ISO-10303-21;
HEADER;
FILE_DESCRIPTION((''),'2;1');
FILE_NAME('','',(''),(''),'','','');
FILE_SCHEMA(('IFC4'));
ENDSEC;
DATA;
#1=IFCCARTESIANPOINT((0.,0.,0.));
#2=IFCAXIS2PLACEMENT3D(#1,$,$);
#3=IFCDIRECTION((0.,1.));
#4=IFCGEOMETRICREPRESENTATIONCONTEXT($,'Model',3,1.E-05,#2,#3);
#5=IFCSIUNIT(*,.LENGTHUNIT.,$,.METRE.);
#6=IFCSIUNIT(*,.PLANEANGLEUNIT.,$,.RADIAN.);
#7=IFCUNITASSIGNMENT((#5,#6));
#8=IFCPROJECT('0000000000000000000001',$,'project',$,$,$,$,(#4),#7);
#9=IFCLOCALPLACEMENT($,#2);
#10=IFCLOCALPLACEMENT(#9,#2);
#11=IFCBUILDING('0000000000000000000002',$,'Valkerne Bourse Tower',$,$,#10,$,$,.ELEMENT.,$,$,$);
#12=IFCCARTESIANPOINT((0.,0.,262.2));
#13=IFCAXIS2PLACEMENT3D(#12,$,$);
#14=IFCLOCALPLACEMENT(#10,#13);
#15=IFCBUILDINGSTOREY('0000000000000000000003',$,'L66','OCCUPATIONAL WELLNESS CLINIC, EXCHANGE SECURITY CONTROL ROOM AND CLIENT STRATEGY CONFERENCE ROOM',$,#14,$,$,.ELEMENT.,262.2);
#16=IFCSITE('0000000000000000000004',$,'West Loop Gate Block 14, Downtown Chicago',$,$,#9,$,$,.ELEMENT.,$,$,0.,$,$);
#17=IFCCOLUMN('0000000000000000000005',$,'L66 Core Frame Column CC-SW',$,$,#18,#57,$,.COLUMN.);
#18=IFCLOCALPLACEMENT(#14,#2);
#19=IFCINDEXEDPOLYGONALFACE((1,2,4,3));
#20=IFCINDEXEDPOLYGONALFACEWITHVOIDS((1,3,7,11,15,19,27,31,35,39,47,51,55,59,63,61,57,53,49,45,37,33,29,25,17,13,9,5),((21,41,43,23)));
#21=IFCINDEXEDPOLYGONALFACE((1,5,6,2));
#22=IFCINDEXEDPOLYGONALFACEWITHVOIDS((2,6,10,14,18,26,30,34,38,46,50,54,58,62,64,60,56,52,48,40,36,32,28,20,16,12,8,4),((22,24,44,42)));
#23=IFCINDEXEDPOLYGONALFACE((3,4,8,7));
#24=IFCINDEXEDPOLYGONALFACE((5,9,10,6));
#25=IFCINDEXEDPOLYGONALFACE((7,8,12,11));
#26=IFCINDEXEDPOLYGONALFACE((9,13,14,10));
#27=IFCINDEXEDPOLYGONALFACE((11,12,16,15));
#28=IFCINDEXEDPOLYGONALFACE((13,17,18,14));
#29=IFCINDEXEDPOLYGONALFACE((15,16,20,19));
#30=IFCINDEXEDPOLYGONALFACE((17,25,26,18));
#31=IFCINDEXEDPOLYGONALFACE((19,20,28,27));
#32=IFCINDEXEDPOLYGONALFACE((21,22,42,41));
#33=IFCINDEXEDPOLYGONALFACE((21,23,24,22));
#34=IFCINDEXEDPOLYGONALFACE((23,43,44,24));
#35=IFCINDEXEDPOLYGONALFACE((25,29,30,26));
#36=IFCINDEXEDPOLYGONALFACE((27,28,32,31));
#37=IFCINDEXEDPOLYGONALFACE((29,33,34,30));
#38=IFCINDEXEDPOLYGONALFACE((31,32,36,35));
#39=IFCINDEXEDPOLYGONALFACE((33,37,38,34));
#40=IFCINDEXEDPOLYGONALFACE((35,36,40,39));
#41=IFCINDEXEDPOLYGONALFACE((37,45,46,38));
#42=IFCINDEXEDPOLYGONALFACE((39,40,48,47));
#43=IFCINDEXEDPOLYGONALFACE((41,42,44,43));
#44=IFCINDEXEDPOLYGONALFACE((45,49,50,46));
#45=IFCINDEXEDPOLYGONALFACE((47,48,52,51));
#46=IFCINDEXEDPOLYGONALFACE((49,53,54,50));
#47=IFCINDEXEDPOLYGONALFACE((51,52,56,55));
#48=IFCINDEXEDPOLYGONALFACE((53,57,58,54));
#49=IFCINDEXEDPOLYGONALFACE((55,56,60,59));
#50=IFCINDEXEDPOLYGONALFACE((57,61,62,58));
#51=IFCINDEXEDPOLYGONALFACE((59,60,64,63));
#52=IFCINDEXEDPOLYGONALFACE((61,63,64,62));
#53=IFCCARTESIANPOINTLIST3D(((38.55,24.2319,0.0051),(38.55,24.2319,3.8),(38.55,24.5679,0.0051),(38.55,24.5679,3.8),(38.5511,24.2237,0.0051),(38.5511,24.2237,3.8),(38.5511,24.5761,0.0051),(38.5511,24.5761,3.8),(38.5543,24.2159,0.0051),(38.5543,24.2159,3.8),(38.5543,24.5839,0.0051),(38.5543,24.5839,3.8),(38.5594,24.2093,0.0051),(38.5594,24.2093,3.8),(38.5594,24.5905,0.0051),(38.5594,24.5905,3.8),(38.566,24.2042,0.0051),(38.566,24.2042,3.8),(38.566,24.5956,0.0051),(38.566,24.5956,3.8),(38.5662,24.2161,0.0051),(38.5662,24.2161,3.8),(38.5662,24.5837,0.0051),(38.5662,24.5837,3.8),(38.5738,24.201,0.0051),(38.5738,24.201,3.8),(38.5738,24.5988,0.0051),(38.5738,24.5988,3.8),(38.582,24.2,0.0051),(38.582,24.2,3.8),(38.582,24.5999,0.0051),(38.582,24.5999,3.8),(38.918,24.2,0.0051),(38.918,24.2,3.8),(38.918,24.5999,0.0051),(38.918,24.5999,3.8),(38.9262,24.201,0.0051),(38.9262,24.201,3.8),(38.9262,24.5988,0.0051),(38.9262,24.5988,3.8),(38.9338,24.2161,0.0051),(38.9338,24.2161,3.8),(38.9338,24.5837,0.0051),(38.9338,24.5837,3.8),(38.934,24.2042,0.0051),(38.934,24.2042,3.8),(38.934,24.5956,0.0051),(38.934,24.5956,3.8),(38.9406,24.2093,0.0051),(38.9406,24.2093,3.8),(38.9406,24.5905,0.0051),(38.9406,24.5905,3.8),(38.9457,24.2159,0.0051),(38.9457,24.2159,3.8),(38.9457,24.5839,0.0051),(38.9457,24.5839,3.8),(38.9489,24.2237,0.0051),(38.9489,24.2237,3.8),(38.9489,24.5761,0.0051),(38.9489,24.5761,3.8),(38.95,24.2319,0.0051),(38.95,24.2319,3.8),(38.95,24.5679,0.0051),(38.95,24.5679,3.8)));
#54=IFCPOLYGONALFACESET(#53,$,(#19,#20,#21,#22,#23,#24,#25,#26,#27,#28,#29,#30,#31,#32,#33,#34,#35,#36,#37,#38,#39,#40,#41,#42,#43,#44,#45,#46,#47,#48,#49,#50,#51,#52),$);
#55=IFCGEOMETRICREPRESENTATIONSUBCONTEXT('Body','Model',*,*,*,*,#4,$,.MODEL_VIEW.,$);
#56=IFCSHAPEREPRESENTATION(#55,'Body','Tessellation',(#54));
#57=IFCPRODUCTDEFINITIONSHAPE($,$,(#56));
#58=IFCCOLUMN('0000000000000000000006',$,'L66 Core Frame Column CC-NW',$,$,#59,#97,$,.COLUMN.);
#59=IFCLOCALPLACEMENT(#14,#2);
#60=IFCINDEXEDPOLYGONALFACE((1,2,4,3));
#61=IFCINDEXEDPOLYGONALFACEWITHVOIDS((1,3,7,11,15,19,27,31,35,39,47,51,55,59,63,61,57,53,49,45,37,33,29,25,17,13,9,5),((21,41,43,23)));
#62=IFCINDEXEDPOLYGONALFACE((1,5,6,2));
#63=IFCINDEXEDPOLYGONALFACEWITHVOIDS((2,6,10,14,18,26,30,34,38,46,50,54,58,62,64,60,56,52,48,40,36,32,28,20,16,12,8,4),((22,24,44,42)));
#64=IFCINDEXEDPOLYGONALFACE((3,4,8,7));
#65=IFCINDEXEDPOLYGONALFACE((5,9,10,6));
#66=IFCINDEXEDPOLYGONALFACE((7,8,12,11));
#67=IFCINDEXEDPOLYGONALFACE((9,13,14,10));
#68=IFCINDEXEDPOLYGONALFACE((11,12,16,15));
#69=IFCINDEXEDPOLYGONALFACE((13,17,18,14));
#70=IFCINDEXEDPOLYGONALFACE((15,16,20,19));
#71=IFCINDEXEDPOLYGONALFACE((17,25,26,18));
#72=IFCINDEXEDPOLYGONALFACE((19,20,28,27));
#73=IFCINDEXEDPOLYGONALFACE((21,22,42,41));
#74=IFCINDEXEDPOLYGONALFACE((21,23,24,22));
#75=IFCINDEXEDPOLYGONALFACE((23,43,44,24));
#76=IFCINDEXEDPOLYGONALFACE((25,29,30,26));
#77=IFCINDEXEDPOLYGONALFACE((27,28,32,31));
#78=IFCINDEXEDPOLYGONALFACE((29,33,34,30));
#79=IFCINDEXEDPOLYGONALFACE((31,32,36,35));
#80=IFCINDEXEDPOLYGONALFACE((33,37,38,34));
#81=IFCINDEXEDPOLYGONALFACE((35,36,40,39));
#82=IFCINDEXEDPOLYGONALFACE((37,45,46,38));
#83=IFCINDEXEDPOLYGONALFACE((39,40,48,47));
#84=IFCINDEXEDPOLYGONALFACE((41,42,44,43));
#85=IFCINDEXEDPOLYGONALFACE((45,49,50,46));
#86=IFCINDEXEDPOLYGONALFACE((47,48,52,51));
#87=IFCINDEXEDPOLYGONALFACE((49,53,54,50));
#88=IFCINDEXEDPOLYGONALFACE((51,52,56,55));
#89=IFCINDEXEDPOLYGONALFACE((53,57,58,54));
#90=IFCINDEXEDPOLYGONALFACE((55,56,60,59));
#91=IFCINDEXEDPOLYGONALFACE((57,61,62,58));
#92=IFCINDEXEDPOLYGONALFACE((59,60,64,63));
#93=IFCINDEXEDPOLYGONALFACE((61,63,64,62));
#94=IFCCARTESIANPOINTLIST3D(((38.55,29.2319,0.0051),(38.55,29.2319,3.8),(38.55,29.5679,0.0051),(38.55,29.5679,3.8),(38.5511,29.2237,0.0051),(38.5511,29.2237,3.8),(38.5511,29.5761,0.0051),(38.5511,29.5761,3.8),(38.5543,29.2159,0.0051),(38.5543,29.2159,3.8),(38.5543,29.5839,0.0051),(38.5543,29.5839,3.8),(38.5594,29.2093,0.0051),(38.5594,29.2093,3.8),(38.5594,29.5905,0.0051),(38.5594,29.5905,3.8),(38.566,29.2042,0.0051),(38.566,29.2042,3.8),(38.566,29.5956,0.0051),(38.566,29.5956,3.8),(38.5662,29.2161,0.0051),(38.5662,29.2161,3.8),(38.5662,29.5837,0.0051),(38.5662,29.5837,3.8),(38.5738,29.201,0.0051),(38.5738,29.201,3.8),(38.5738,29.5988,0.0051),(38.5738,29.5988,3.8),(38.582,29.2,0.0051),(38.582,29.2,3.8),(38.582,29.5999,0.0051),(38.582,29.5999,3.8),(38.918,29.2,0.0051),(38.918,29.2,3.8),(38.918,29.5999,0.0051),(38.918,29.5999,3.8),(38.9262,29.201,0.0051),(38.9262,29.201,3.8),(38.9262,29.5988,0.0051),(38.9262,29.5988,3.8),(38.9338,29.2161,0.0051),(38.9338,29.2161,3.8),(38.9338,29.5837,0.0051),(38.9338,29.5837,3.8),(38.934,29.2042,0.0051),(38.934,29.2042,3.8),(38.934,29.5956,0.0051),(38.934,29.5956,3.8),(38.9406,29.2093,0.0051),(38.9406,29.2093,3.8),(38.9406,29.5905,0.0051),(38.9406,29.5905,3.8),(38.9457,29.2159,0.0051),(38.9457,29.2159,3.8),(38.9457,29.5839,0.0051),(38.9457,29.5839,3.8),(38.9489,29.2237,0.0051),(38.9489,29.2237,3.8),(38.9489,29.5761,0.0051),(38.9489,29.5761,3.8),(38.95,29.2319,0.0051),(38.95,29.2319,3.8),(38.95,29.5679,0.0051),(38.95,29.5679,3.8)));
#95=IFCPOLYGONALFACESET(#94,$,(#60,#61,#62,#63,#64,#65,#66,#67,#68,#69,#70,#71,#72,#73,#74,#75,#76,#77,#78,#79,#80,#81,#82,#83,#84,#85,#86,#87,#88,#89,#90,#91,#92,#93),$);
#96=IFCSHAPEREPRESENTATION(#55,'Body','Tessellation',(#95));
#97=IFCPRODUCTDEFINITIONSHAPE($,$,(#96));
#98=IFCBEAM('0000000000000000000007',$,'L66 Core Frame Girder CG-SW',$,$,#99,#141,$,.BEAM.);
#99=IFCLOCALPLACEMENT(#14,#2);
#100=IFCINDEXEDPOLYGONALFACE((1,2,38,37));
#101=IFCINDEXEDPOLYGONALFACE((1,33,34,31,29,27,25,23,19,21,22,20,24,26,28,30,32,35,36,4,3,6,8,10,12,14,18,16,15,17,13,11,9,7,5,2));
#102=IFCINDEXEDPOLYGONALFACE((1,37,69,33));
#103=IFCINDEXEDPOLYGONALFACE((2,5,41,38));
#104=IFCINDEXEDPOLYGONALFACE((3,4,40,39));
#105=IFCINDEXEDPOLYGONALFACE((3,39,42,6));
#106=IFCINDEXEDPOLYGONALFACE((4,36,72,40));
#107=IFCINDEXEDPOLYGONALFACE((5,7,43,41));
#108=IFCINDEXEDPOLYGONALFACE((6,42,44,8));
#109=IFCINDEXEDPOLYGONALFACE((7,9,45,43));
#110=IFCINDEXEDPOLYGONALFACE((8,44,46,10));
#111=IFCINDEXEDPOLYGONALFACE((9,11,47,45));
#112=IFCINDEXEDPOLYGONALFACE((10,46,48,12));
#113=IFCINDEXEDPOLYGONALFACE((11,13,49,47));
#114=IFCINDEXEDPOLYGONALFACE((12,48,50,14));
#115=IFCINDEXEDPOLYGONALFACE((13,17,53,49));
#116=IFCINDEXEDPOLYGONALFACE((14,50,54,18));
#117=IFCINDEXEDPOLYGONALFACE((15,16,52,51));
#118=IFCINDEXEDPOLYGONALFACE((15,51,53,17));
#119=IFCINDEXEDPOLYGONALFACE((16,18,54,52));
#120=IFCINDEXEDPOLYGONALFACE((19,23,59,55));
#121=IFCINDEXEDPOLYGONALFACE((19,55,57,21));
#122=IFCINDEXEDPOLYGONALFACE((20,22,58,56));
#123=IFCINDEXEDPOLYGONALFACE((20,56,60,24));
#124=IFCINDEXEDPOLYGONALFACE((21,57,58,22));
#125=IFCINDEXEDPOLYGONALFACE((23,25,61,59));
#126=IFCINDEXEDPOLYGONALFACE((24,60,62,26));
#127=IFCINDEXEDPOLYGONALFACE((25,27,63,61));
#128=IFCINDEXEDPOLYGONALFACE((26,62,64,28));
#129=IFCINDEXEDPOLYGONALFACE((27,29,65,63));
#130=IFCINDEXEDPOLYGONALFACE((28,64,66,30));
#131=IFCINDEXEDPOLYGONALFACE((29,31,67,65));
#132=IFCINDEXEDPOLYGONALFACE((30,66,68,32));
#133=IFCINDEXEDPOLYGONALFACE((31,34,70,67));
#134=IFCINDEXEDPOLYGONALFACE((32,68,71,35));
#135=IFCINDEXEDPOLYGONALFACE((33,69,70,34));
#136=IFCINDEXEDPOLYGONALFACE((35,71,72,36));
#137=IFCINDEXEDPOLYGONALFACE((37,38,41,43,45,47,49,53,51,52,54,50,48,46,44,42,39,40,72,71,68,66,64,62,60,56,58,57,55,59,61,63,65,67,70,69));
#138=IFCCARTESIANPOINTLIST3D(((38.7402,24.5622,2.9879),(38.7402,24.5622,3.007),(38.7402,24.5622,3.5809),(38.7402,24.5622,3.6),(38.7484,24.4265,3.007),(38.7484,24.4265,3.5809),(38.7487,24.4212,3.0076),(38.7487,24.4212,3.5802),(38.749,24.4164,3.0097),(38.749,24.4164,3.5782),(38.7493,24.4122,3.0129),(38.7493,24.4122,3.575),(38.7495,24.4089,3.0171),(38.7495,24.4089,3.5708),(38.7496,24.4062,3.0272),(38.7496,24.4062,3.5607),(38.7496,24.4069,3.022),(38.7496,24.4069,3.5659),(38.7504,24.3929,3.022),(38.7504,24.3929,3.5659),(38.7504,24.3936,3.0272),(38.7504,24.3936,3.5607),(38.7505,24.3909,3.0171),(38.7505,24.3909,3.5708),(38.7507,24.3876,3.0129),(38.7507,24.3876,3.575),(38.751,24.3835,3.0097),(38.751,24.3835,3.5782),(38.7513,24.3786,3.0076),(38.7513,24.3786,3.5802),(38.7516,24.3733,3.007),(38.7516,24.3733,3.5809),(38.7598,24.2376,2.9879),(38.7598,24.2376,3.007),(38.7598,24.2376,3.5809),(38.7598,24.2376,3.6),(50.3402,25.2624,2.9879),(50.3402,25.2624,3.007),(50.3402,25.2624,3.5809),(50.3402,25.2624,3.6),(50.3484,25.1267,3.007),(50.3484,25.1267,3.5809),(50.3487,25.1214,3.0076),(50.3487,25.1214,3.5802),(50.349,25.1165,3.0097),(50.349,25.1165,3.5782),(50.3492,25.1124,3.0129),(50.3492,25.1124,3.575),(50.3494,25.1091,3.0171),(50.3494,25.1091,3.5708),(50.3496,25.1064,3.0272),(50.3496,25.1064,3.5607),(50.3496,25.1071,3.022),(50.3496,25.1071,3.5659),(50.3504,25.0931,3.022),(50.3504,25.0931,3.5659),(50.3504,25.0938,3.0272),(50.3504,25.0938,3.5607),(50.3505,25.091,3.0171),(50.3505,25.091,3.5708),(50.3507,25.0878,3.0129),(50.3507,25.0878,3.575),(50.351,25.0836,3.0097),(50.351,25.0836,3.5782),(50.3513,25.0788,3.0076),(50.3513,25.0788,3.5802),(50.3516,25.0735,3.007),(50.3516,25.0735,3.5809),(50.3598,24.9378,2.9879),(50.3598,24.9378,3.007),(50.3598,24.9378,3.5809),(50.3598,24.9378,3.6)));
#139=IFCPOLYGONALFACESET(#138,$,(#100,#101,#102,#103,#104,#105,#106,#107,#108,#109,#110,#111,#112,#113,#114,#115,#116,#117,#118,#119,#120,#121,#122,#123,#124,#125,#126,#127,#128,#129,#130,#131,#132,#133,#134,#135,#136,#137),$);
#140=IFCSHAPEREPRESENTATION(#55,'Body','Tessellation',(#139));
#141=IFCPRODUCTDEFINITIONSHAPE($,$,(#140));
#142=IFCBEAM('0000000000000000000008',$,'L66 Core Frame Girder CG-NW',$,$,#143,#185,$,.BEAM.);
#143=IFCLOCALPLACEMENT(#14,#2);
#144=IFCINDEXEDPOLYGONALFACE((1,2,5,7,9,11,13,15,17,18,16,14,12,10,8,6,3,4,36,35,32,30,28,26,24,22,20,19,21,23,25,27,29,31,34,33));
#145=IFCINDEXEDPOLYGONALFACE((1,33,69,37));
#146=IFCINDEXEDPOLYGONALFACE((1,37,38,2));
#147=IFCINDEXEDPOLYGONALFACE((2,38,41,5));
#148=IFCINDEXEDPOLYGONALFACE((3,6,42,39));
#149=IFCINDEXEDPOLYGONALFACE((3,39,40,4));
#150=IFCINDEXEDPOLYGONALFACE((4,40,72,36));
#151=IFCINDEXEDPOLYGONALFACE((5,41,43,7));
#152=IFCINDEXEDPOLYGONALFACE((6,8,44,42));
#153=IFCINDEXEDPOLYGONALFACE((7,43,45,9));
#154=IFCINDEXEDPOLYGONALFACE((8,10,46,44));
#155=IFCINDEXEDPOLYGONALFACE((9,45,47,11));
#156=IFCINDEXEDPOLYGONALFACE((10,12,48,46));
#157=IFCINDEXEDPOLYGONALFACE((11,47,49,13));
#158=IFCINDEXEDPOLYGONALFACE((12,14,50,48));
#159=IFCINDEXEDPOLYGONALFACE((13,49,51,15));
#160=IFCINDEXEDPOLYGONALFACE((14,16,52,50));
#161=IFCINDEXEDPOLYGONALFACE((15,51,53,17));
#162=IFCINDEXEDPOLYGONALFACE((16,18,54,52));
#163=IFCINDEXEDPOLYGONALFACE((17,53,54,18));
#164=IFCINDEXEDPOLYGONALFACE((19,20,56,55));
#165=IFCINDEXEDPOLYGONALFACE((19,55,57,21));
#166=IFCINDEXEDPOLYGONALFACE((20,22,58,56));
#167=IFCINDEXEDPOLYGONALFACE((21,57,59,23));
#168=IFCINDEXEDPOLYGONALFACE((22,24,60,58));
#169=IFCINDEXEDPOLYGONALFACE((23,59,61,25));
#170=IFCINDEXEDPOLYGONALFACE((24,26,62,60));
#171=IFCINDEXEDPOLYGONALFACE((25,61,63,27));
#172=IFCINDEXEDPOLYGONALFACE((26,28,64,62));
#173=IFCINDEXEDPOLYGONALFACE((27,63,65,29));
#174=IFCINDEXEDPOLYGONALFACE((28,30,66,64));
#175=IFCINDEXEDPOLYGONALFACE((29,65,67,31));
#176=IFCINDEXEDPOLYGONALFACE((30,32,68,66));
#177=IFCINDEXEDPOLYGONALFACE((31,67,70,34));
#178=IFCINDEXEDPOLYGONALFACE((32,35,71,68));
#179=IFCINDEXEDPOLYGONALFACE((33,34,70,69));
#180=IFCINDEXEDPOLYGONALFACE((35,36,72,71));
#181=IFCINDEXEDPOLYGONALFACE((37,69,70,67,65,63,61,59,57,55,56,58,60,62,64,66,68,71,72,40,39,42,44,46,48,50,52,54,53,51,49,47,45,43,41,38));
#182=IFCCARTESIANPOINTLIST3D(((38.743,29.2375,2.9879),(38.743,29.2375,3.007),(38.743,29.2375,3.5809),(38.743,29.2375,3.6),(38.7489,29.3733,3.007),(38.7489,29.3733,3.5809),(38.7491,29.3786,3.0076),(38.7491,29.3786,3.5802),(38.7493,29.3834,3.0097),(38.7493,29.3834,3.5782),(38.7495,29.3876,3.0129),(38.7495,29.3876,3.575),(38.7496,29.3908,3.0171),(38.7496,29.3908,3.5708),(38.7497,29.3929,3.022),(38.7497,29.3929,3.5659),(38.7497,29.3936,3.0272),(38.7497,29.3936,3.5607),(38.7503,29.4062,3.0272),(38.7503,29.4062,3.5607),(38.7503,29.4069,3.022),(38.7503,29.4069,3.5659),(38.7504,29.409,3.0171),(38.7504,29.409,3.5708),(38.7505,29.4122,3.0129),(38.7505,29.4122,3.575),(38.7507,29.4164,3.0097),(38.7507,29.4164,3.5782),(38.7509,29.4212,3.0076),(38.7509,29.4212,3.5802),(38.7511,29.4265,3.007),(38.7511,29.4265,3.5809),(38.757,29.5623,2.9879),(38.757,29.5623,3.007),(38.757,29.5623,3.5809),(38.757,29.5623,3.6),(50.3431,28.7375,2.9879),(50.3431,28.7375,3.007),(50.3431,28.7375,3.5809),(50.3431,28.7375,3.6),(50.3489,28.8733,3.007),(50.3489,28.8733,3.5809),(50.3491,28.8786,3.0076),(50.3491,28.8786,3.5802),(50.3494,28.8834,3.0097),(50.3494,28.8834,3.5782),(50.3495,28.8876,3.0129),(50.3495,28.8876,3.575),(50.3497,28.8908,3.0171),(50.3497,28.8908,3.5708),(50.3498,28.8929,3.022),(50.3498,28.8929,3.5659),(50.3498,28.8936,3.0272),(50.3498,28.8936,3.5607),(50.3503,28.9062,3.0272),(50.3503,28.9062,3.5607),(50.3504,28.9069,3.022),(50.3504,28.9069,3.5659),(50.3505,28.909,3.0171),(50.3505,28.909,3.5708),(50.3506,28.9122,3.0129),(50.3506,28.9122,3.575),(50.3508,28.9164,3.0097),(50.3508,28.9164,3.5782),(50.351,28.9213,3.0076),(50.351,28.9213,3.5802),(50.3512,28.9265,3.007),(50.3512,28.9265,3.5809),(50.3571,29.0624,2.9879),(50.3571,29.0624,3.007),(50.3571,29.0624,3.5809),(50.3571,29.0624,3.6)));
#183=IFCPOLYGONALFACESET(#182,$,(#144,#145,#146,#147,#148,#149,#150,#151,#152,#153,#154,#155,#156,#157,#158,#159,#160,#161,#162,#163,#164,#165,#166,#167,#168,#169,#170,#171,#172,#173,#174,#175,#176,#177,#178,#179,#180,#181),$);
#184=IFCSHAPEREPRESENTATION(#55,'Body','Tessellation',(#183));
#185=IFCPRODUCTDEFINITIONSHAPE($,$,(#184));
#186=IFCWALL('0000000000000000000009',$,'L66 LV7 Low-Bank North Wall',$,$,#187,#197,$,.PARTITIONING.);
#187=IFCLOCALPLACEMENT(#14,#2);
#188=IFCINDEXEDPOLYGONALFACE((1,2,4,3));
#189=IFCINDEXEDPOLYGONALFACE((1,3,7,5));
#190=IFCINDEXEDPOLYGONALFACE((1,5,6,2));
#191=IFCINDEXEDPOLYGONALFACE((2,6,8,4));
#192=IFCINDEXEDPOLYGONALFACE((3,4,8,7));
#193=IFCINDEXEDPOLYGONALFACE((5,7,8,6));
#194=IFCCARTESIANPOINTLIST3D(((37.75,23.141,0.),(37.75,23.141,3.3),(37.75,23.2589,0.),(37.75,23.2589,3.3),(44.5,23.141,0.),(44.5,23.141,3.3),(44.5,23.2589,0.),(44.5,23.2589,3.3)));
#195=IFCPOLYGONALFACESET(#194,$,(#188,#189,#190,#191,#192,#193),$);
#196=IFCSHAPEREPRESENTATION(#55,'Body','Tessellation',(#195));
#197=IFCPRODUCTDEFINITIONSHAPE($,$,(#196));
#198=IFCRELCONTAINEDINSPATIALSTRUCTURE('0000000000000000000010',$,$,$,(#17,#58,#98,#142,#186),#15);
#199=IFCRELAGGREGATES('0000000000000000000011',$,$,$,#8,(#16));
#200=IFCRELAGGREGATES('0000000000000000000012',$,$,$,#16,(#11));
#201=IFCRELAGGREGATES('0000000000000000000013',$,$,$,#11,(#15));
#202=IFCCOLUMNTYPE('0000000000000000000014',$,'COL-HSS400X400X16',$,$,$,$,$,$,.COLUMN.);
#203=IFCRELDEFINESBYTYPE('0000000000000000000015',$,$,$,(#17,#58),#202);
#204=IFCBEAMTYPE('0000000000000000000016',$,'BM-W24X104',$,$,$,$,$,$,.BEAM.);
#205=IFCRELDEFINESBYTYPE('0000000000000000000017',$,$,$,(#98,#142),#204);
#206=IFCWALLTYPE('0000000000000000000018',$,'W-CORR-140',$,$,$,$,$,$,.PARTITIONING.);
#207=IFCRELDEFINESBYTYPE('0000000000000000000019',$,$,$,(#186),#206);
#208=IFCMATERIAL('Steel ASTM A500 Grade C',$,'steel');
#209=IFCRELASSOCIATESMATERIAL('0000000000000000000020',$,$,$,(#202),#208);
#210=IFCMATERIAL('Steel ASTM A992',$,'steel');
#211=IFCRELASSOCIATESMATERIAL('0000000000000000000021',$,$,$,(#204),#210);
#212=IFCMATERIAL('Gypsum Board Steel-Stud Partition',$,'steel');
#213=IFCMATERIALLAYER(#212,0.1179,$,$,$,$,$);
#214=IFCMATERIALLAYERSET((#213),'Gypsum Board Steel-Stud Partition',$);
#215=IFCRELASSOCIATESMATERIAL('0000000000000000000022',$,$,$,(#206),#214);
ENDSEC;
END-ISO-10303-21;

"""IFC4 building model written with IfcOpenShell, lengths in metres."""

from ifc_helpers import new_model, si_unit, direction, frame, frame_2d, origin, origin_2d, place, context, subcontext, project, spatial, rectangle, hollow_rectangle, i_section, extrude, material, layer, layer_set, material_profile, profile_set, type_object, element, save


model = new_model("IFC4")

# Units and contexts
model_context = context("Model", 3, precision=1e-05, world=origin(), true_north=direction((0.0, 1.0)))
body_context = subcontext(model_context, "Body", "Model", "MODEL_VIEW")
ifc_project = project(units=[si_unit("LENGTHUNIT", "METRE"), si_unit("PLANEANGLEUNIT", "RADIAN")], contexts=[model_context])

# Site, building, storey
site_placement = place(None, origin())
site = spatial("IfcSite", under=ifc_project, at=site_placement, Name="West Loop Gate Block 14, Downtown Chicago", CompositionType="ELEMENT", RefElevation=0.0)
building_placement = place(site_placement, origin())
building = spatial("IfcBuilding", under=site, at=building_placement, Name="Valkerne Bourse Tower", CompositionType="ELEMENT")
storey_placement = place(building_placement, frame((0.0, 0.0, 262.2)))
storey = spatial("IfcBuildingStorey", under=building, at=storey_placement, Name="L66", Description="OCCUPATIONAL WELLNESS CLINIC, EXCHANGE SECURITY CONTROL ROOM AND CLIENT STRATEGY CONFERENCE ROOM", CompositionType="ELEMENT", Elevation=262.2)

# Columns
ifc_material_1 = material(Name="Steel ASTM A500 Grade C", Category="steel")
ifc_material_profile_1 = material_profile(ifc_material_1, hollow_rectangle(XDim=0.3999, YDim=0.3999, WallThickness=0.0161, OuterFilletRadius=0.032, at=origin_2d()), Name="HSS400X400X16")
ifc_profile_set_1 = profile_set([ifc_material_profile_1], Name="Steel ASTM A500 Grade C")
column_type = type_object("IfcColumnType", Name="COL-HSS400X400X16", PredefinedType="COLUMN", material=ifc_profile_set_1)
for number, where, z_axis, x_axis, name in (
    (1, (38.75, 24.3999, 0.0051), (0.0, 0.0, 1.0), (1.0, 0.0, 0.0), "L66 Core Frame Column CC-SW"),
    (2, (38.75, 29.3999, 0.0051), (0.0, 0.0, 1.0), (1.0, 0.0, 0.0), "L66 Core Frame Column CC-NW"),
):
    element("IfcColumn", number, at=place(storey_placement, frame(where, z_axis=z_axis, x_axis=x_axis)), inside=storey, type_object=column_type, Name=name, PredefinedType="COLUMN", context=body_context, shape_type="SweptSolid", body=[
        extrude(hollow_rectangle(XDim=0.3999, YDim=0.3999, WallThickness=0.0161, OuterFilletRadius=0.032, at=origin_2d()), origin(), (0.0, 0.0, 1.0), 3.7949),
    ])

# Beams
ifc_material_2 = material(Name="Steel ASTM A992", Category="steel")
ifc_material_profile_2 = material_profile(ifc_material_2, i_section(OverallWidth=0.3252, OverallDepth=0.6121, WebThickness=0.0127, FlangeThickness=0.019, FilletRadius=0.0203, at=origin_2d()), Name="W24X104")
ifc_profile_set_2 = profile_set([ifc_material_profile_2], Name="Steel ASTM A992")
beam_type = type_object("IfcBeamType", Name="BM-W24X104", PredefinedType="BEAM", material=ifc_profile_set_2)
beam_1_placement = place(storey_placement, frame((38.75, 24.3999, 3.2939), z_axis=(0.998183, 0.060251, 0.0), x_axis=(-0.060251, 0.998183, 0.0)))
element("IfcBeam", 3, at=beam_1_placement, inside=storey, type_object=beam_type, Name="L66 Core Frame Girder CG-SW", PredefinedType="BEAM", context=body_context, shape_type="SweptSolid", body=[
    extrude(i_section(OverallWidth=0.3252, OverallDepth=0.6121, WebThickness=0.0127, FlangeThickness=0.019, FilletRadius=0.0203, at=origin_2d()), origin(), (0.0, 0.0, 1.0), 11.6211),
])
beam_2_placement = place(storey_placement, frame((38.75, 29.3999, 3.2939), z_axis=(0.999072, -0.043063, 0.0), x_axis=(0.043063, 0.999072, 0.0)))
element("IfcBeam", 4, at=beam_2_placement, inside=storey, type_object=beam_type, Name="L66 Core Frame Girder CG-NW", PredefinedType="BEAM", context=body_context, shape_type="SweptSolid", body=[
    extrude(i_section(OverallWidth=0.3252, OverallDepth=0.6121, WebThickness=0.0127, FlangeThickness=0.019, FilletRadius=0.0203, at=origin_2d()), origin(), (0.0, 0.0, 1.0), 11.6108),
])

# Wall
ifc_material_3 = material(Name="Gypsum Board Steel-Stud Partition", Category="steel")
ifc_layer_1 = layer(ifc_material_3, 0.1179)
ifc_layer_set_1 = layer_set([ifc_layer_1], Name="Gypsum Board Steel-Stud Partition")
wall_type_1 = type_object("IfcWallType", Name="W-CORR-140", PredefinedType="PARTITIONING", material=ifc_layer_set_1)
wall_1_placement = place(storey_placement, frame((37.75, 23.2, 0.0), z_axis=(0.0, 0.0, 1.0), x_axis=(1.0, 0.0, 0.0)))
element("IfcWall", 5, at=wall_1_placement, inside=storey, type_object=wall_type_1, Name="L66 LV7 Low-Bank North Wall", PredefinedType="PARTITIONING", context=body_context, shape_type="SweptSolid", body=[
    extrude(rectangle(XDim=6.75, YDim=0.1179, at=frame_2d((3.375, 0.0))), origin(), (0.0, 0.0, 1.0), 3.3),
])

save(model, "model.ifc")
